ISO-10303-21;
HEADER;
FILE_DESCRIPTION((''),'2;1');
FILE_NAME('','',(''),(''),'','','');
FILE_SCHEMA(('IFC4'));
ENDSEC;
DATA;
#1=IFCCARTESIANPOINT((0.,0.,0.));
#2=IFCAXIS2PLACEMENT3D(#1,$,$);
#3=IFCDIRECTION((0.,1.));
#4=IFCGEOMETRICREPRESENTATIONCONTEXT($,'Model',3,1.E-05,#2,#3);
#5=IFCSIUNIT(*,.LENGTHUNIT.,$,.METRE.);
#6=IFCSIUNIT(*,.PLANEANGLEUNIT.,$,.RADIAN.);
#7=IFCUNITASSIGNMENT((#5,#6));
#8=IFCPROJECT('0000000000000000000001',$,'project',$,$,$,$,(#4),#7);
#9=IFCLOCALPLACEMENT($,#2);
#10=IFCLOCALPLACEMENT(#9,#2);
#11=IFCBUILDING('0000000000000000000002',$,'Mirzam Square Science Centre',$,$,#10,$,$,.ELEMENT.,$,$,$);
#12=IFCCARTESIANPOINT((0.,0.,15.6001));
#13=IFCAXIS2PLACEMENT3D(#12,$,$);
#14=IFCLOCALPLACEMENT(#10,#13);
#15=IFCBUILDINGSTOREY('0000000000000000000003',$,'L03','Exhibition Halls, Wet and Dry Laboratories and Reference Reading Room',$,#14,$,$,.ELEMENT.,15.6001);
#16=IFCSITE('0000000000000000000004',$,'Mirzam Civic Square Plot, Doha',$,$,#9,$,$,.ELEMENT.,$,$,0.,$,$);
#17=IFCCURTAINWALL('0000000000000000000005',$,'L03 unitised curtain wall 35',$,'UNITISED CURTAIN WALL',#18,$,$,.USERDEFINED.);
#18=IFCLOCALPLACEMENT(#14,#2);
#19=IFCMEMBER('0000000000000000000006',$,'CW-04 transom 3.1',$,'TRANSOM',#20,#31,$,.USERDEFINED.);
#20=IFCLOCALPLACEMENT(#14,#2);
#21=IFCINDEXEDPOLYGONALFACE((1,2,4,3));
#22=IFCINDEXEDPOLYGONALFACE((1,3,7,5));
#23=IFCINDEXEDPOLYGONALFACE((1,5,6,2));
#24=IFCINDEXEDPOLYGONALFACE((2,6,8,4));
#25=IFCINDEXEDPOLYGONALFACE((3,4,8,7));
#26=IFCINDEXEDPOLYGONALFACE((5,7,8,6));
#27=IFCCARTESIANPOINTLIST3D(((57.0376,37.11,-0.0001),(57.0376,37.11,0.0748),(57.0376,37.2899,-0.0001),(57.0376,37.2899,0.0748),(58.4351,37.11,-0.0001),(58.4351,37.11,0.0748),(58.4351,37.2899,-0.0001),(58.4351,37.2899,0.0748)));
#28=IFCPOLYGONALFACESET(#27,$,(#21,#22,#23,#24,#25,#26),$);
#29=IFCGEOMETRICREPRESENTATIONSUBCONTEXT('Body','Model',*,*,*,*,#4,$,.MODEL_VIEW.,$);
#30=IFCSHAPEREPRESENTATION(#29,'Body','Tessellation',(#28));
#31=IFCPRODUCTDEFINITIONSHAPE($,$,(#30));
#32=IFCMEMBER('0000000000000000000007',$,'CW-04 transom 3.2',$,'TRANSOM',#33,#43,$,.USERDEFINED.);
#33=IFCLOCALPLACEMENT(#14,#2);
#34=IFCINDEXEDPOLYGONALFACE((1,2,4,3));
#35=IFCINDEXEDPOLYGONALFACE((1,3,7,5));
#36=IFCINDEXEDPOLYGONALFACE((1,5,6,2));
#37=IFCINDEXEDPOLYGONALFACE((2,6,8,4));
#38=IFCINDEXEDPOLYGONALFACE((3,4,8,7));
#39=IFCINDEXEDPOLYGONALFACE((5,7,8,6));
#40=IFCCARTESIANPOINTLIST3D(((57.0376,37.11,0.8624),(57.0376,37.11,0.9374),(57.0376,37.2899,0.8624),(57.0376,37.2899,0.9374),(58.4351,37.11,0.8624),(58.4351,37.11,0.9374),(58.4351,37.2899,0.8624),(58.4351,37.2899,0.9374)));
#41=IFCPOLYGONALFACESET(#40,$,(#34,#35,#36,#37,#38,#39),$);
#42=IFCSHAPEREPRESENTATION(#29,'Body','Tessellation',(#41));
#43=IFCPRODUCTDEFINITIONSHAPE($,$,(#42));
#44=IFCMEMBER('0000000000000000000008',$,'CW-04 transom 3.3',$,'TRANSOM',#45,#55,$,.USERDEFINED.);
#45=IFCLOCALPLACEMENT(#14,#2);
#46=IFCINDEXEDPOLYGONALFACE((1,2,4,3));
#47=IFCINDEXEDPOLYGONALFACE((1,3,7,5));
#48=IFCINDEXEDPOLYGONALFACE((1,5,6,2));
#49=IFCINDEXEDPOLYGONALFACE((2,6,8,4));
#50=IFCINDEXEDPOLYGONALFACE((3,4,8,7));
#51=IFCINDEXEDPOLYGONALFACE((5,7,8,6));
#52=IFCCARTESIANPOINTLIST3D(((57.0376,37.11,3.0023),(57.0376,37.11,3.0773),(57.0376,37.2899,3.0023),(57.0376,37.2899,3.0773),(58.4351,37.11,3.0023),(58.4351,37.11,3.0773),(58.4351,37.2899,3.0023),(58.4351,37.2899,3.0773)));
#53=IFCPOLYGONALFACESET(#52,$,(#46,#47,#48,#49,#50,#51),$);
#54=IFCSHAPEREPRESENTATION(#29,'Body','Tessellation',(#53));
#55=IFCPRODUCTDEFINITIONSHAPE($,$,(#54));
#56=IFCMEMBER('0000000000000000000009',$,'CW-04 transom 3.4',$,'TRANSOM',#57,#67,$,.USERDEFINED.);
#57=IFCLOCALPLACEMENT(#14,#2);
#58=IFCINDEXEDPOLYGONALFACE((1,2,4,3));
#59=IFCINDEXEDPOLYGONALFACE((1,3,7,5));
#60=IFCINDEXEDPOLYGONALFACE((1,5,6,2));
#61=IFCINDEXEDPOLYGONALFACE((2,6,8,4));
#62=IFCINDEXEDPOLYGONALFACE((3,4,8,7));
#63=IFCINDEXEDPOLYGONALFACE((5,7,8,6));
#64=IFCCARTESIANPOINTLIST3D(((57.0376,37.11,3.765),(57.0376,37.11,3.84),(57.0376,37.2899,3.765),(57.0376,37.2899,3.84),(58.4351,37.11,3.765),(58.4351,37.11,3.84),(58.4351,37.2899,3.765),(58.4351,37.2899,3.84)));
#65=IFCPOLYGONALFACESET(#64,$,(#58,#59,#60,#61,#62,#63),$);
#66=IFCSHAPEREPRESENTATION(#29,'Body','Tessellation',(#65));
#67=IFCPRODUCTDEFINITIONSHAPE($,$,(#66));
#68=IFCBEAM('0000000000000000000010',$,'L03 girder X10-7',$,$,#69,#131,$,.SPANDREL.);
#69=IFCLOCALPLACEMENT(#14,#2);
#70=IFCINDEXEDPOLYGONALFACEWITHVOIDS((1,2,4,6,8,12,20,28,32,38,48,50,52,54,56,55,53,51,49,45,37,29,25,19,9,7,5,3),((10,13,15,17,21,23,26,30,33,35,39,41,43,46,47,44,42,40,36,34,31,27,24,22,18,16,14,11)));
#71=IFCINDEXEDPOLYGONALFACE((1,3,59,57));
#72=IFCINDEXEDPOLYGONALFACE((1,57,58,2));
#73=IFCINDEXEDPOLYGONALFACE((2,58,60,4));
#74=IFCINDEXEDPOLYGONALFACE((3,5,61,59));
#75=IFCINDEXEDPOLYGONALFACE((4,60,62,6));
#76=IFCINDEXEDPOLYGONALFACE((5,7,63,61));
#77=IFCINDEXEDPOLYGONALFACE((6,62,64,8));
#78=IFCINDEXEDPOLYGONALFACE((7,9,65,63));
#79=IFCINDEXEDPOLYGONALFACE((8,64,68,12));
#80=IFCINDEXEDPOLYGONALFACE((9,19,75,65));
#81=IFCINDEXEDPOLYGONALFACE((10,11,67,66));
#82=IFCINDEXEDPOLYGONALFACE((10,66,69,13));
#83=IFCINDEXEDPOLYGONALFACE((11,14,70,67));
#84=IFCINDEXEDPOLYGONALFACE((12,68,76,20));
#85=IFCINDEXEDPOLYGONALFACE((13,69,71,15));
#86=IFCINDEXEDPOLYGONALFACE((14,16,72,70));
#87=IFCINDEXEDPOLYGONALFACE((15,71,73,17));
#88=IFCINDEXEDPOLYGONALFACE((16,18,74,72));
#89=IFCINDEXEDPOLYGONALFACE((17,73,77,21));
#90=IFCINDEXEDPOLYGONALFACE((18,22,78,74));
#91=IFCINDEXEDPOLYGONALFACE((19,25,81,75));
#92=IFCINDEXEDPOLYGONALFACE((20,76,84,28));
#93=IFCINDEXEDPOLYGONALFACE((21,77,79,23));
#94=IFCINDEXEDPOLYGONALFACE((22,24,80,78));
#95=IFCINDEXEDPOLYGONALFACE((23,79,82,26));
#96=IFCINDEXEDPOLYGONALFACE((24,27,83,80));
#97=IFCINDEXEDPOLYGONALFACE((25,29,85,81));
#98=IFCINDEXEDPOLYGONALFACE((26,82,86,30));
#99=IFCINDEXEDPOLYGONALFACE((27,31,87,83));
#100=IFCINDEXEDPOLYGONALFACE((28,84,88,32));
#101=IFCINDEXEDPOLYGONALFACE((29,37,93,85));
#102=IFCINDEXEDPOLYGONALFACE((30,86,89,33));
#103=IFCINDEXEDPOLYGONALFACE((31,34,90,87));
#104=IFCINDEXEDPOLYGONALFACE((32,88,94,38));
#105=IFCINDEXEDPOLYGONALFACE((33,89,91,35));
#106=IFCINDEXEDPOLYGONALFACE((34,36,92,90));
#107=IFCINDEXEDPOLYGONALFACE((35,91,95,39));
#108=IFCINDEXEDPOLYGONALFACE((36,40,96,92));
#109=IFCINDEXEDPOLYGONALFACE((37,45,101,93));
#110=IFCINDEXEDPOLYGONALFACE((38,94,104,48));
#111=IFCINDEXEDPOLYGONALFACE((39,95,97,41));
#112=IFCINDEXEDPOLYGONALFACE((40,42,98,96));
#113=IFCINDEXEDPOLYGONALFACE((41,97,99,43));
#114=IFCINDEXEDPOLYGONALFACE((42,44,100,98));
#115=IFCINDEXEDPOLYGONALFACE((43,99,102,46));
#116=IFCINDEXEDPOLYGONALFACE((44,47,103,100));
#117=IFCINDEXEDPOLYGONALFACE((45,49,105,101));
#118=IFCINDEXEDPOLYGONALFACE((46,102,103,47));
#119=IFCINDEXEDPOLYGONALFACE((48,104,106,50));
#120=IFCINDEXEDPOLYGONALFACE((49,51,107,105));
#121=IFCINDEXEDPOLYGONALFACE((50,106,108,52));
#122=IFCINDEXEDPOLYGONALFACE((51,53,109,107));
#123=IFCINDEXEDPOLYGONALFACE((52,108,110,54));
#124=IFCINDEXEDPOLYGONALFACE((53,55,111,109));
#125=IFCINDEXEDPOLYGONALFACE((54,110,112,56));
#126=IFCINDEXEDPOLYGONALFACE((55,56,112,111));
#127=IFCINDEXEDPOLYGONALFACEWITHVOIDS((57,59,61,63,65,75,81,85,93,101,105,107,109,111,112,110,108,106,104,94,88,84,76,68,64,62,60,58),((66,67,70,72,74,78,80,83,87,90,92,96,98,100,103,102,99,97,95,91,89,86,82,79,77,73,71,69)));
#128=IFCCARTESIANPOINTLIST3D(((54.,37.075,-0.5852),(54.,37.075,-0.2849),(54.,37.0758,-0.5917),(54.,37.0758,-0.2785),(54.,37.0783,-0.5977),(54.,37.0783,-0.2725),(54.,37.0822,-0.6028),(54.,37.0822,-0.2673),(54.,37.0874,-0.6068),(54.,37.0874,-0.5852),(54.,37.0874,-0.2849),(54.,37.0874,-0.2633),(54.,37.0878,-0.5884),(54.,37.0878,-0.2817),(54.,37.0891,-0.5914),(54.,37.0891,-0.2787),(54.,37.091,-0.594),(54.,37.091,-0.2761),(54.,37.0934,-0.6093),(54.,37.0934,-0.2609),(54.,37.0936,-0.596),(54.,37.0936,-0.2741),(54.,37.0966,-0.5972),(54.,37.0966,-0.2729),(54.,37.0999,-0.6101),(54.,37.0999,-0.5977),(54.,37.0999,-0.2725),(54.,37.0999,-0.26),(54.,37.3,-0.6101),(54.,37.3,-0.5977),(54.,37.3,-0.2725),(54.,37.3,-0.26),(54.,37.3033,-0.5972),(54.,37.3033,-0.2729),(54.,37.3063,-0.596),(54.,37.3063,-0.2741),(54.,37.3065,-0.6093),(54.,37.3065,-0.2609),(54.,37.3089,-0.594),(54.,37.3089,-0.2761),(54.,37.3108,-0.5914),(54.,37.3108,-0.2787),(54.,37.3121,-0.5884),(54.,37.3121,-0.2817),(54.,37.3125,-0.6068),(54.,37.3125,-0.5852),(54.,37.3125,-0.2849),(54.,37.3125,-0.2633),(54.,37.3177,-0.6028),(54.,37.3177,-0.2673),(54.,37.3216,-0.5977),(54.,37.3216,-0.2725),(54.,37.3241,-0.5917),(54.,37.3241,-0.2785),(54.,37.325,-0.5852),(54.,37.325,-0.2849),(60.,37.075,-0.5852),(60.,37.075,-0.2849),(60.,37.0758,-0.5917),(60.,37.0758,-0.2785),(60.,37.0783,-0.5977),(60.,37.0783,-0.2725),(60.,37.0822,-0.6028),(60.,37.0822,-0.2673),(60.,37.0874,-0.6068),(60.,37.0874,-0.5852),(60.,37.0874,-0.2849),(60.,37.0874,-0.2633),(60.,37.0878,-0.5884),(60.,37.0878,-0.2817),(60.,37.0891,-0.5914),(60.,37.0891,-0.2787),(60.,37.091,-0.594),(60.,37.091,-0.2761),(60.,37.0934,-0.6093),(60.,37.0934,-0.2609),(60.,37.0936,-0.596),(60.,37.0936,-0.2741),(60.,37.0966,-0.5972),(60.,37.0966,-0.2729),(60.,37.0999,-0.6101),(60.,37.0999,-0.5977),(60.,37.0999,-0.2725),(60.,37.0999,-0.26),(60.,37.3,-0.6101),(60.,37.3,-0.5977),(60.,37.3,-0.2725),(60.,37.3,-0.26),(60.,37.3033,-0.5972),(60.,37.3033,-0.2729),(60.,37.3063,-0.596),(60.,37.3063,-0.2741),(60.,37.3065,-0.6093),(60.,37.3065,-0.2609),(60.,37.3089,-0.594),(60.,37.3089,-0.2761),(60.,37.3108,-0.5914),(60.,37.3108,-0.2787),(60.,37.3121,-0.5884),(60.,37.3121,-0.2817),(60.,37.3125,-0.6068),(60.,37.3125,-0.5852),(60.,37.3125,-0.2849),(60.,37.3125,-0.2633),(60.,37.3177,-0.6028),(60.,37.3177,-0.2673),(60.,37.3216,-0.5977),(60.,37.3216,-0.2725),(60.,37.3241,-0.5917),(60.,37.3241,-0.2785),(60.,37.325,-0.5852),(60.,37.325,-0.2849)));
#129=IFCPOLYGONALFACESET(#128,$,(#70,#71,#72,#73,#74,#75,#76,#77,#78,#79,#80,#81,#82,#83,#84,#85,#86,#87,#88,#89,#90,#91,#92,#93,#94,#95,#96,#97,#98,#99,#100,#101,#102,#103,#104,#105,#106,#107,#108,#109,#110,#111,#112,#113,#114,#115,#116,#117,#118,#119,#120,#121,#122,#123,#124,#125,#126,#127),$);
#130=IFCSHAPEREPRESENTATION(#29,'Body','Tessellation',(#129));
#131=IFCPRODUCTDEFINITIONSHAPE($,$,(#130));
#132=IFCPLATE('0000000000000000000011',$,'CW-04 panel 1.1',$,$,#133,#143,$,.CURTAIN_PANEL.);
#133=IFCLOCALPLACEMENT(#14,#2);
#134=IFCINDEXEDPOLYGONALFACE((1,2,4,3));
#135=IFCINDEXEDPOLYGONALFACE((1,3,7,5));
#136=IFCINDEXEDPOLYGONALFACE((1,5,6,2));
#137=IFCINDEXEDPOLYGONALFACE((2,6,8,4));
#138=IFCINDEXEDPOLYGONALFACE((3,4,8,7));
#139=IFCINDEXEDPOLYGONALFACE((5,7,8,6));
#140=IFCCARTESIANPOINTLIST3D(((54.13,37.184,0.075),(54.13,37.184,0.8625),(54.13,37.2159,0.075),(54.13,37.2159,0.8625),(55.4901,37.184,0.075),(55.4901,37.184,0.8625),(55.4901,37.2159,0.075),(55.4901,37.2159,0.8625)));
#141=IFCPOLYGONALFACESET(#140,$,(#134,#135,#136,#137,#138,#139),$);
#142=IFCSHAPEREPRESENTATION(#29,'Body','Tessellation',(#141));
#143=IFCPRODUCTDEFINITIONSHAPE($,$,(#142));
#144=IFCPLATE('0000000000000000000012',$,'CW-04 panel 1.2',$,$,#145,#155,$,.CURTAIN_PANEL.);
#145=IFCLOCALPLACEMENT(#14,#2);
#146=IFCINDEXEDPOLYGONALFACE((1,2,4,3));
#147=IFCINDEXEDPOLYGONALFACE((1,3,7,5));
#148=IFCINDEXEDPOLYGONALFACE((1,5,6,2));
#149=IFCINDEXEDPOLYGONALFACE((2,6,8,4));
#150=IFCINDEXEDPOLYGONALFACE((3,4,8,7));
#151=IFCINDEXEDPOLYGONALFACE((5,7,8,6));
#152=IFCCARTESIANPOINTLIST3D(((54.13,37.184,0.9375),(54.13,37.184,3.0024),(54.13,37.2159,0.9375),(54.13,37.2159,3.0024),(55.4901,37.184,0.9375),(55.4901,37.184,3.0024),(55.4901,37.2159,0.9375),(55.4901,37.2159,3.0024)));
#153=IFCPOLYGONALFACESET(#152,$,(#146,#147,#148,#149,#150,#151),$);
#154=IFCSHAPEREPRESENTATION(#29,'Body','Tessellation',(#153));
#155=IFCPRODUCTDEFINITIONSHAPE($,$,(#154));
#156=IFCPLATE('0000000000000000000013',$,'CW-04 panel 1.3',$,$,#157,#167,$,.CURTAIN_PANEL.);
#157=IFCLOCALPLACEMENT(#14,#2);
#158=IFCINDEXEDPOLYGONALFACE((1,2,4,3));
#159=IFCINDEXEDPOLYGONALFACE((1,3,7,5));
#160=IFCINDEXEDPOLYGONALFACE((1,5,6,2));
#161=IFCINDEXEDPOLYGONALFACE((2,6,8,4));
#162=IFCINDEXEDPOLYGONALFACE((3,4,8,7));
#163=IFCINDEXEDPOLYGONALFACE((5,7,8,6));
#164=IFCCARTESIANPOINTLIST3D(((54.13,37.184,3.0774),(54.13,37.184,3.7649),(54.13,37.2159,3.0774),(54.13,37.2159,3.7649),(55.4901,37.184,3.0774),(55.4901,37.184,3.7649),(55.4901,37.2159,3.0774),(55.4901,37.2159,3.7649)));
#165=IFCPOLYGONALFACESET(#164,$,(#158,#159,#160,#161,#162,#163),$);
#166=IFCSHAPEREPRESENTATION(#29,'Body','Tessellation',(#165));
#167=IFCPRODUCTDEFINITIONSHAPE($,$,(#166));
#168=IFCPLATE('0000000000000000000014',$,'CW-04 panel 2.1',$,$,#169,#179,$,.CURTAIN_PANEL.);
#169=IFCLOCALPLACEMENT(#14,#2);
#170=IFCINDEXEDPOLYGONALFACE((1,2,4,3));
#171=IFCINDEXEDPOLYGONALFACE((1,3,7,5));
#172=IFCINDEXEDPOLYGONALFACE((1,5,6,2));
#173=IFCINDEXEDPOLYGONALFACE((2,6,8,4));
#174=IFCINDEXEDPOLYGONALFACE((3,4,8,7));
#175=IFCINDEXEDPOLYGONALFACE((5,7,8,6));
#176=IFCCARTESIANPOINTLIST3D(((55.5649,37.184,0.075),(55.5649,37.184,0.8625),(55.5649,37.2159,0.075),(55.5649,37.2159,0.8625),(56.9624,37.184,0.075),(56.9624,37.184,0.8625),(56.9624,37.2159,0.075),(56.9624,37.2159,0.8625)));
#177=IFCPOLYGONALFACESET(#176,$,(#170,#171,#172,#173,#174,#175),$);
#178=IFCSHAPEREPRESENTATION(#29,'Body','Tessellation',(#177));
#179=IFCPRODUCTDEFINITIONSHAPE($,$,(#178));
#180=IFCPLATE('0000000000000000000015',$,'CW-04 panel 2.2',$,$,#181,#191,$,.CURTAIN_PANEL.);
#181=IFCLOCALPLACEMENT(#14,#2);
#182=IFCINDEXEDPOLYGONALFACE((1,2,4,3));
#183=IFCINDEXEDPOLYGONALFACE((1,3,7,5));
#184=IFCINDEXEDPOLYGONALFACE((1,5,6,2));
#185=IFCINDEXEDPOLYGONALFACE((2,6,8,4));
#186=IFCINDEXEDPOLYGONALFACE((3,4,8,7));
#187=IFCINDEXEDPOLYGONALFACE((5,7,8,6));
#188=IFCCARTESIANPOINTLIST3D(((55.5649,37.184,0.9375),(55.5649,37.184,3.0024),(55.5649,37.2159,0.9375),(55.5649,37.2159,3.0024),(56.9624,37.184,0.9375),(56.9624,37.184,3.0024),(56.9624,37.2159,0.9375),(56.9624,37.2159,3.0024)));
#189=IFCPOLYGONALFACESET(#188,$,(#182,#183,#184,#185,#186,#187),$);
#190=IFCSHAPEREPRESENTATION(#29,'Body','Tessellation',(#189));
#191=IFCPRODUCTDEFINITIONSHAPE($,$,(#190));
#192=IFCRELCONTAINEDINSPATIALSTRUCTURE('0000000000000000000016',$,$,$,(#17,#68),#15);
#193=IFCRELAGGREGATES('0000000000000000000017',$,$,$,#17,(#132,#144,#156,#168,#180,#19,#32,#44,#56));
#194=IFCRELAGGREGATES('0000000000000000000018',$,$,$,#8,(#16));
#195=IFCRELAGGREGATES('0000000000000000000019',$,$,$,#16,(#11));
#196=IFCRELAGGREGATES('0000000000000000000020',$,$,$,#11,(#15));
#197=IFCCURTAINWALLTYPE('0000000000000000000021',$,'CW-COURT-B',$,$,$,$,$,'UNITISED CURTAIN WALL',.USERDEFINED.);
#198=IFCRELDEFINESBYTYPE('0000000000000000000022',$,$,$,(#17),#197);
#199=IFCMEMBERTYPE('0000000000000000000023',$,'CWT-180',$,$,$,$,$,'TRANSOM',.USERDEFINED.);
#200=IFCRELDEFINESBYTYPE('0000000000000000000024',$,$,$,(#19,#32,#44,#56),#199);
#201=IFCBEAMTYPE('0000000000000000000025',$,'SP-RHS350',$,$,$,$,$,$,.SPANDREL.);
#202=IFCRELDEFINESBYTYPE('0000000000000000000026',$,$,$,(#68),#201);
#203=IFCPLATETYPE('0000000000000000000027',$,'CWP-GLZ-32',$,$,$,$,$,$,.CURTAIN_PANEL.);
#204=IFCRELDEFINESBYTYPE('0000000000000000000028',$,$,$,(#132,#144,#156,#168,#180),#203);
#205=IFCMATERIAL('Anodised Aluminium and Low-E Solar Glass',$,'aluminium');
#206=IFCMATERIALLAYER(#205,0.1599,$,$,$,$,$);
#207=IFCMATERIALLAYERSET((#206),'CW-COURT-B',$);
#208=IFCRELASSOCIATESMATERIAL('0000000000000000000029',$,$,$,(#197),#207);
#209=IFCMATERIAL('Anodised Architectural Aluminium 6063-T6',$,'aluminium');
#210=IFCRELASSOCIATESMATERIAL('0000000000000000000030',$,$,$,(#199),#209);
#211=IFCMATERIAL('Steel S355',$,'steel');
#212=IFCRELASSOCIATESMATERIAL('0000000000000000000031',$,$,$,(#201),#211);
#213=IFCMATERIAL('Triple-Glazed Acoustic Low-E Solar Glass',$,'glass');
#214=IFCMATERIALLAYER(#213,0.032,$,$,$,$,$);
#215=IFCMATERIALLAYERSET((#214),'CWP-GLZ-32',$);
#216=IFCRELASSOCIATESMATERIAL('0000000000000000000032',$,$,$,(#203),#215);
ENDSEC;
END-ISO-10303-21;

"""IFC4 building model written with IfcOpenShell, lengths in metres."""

from ifc_helpers import new_model, si_unit, direction, frame, origin, origin_2d, place, context, subcontext, project, spatial, rectangle, hollow_rectangle, extrude, material, layer, layer_set, material_profile, profile_set, type_object, element, aggregate, save


model = new_model("IFC4")

# Units and contexts
model_context = context("Model", 3, precision=1e-05, world=origin(), true_north=direction((0.0, 1.0)))
body_context = subcontext(model_context, "Body", "Model", "MODEL_VIEW")
ifc_project = project(units=[si_unit("LENGTHUNIT", "METRE"), si_unit("PLANEANGLEUNIT", "RADIAN")], contexts=[model_context])

# Site, building, storey
site_placement = place(None, origin())
site = spatial("IfcSite", under=ifc_project, at=site_placement, Name="Mirzam Civic Square Plot, Doha", CompositionType="ELEMENT", RefElevation=0.0)
building_placement = place(site_placement, origin())
building = spatial("IfcBuilding", under=site, at=building_placement, Name="Mirzam Square Science Centre", CompositionType="ELEMENT")
storey_placement = place(building_placement, frame((0.0, 0.0, 15.6001)))
storey = spatial("IfcBuildingStorey", under=building, at=storey_placement, Name="L03", Description="Exhibition Halls, Wet and Dry Laboratories and Reference Reading Room", CompositionType="ELEMENT", Elevation=15.6001)

# Shared definitions
ifc_material_1 = material(Name="Steel S355", Category="steel")

# Curtain wall, members
ifc_material_2 = material(Name="Anodised Aluminium and Low-E Solar Glass", Category="aluminium")
ifc_layer_1 = layer(ifc_material_2, 0.1599)
ifc_layer_set_1 = layer_set([ifc_layer_1], Name="CW-COURT-B")
curtain_wall_type = type_object("IfcCurtainWallType", Name="CW-COURT-B", ElementType="UNITISED CURTAIN WALL", PredefinedType="USERDEFINED", material=ifc_layer_set_1)
curtain_wall_placement = place(storey_placement, origin())
curtain_wall = element("IfcCurtainWall", 1, at=curtain_wall_placement, inside=storey, type_object=curtain_wall_type, Name="L03 unitised curtain wall 35", ObjectType="UNITISED CURTAIN WALL", PredefinedType="USERDEFINED")
ifc_material_3 = material(Name="Anodised Architectural Aluminium 6063-T6", Category="aluminium")
ifc_material_profile_1 = material_profile(ifc_material_3, rectangle(XDim=0.1799, YDim=0.075, at=origin_2d()), Name="ALU-TRAN-180x75x5")
ifc_profile_set_1 = profile_set([ifc_material_profile_1], Name="Anodised Architectural Aluminium 6063-T6")
member_type_1 = type_object("IfcMemberType", Name="CWT-180", ElementType="TRANSOM", PredefinedType="USERDEFINED", material=ifc_profile_set_1)
member_1_placement = place(storey_placement, frame((57.0376, 37.2, 0.0374), z_axis=(1.0, 0.0, 0.0), x_axis=(0.0, 1.0, 0.0)))
member_1 = element("IfcMember", 2, at=member_1_placement, type_object=member_type_1, Name="CW-04 transom 3.1", ObjectType="TRANSOM", PredefinedType="USERDEFINED", context=body_context, shape_type="SweptSolid", body=[
    extrude(rectangle(XDim=0.1799, YDim=0.075, at=origin_2d()), origin(), (0.0, 0.0, 1.0), 1.3975),
])
member_2_placement = place(storey_placement, frame((57.0376, 37.2, 0.8999), z_axis=(1.0, 0.0, 0.0), x_axis=(0.0, 1.0, 0.0)))
member_2 = element("IfcMember", 3, at=member_2_placement, type_object=member_type_1, Name="CW-04 transom 3.2", ObjectType="TRANSOM", PredefinedType="USERDEFINED", context=body_context, shape_type="SweptSolid", body=[
    extrude(rectangle(XDim=0.1799, YDim=0.075, at=origin_2d()), origin(), (0.0, 0.0, 1.0), 1.3975),
])
member_3_placement = place(storey_placement, frame((57.0376, 37.2, 3.0398), z_axis=(1.0, 0.0, 0.0), x_axis=(0.0, 1.0, 0.0)))
member_3 = element("IfcMember", 4, at=member_3_placement, type_object=member_type_1, Name="CW-04 transom 3.3", ObjectType="TRANSOM", PredefinedType="USERDEFINED", context=body_context, shape_type="SweptSolid", body=[
    extrude(rectangle(XDim=0.1799, YDim=0.075, at=origin_2d()), origin(), (0.0, 0.0, 1.0), 1.3975),
])
member_4_placement = place(storey_placement, frame((57.0376, 37.2, 3.8025), z_axis=(1.0, 0.0, 0.0), x_axis=(0.0, 1.0, 0.0)))
member_4 = element("IfcMember", 5, at=member_4_placement, type_object=member_type_1, Name="CW-04 transom 3.4", ObjectType="TRANSOM", PredefinedType="USERDEFINED", context=body_context, shape_type="SweptSolid", body=[
    extrude(rectangle(XDim=0.1799, YDim=0.075, at=origin_2d()), origin(), (0.0, 0.0, 1.0), 1.3975),
])

# Beam
ifc_material_profile_2 = material_profile(ifc_material_1, hollow_rectangle(XDim=0.25, YDim=0.3501, WallThickness=0.0125, InnerFilletRadius=0.0125, OuterFilletRadius=0.0249, at=origin_2d()), Name="350x250x12.5RHS")
ifc_profile_set_2 = profile_set([ifc_material_profile_2], Name="Steel S355")
beam_type_1 = type_object("IfcBeamType", Name="SP-RHS350", PredefinedType="SPANDREL", material=ifc_profile_set_2)
beam_1_placement = place(storey_placement, frame((54.0, 37.2, -0.4351), z_axis=(1.0, 0.0, 0.0), x_axis=(0.0, 1.0, 0.0)))
element("IfcBeam", 6, at=beam_1_placement, inside=storey, type_object=beam_type_1, Name="L03 girder X10-7", PredefinedType="SPANDREL", context=body_context, shape_type="SweptSolid", body=[
    extrude(hollow_rectangle(XDim=0.25, YDim=0.3501, WallThickness=0.0125, InnerFilletRadius=0.0125, OuterFilletRadius=0.0249, at=origin_2d()), origin(), (0.0, 0.0, 1.0), 6.0),
])

# Plates
ifc_material_4 = material(Name="Triple-Glazed Acoustic Low-E Solar Glass", Category="glass")
ifc_layer_2 = layer(ifc_material_4, 0.032)
ifc_layer_set_2 = layer_set([ifc_layer_2], Name="CWP-GLZ-32")
plate_type = type_object("IfcPlateType", Name="CWP-GLZ-32", PredefinedType="CURTAIN_PANEL", material=ifc_layer_set_2)
plate_1_placement = place(storey_placement, frame((54.8101, 37.2, 0.075), z_axis=(0.0, 0.0, 1.0), x_axis=(1.0, 0.0, 0.0)))
plate_1 = element("IfcPlate", 7, at=plate_1_placement, type_object=plate_type, Name="CW-04 panel 1.1", PredefinedType="CURTAIN_PANEL", context=body_context, shape_type="SweptSolid", body=[
    extrude(rectangle(XDim=1.3601, YDim=0.032, at=origin_2d()), origin(), (0.0, 0.0, 1.0), 0.7876),
])
plate_2_placement = place(storey_placement, frame((54.8101, 37.2, 0.9375), z_axis=(0.0, 0.0, 1.0), x_axis=(1.0, 0.0, 0.0)))
plate_2 = element("IfcPlate", 8, at=plate_2_placement, type_object=plate_type, Name="CW-04 panel 1.2", PredefinedType="CURTAIN_PANEL", context=body_context, shape_type="SweptSolid", body=[
    extrude(rectangle(XDim=1.3601, YDim=0.032, at=origin_2d()), origin(), (0.0, 0.0, 1.0), 2.0649),
])
plate_3_placement = place(storey_placement, frame((54.8101, 37.2, 3.0774), z_axis=(0.0, 0.0, 1.0), x_axis=(1.0, 0.0, 0.0)))
plate_3 = element("IfcPlate", 9, at=plate_3_placement, type_object=plate_type, Name="CW-04 panel 1.3", PredefinedType="CURTAIN_PANEL", context=body_context, shape_type="SweptSolid", body=[
    extrude(rectangle(XDim=1.3601, YDim=0.032, at=origin_2d()), origin(), (0.0, 0.0, 1.0), 0.6875),
])
plate_4_placement = place(storey_placement, frame((56.2637, 37.2, 0.075), z_axis=(0.0, 0.0, 1.0), x_axis=(1.0, 0.0, 0.0)))
plate_4 = element("IfcPlate", 10, at=plate_4_placement, type_object=plate_type, Name="CW-04 panel 2.1", PredefinedType="CURTAIN_PANEL", context=body_context, shape_type="SweptSolid", body=[
    extrude(rectangle(XDim=1.3975, YDim=0.032, at=origin_2d()), origin(), (0.0, 0.0, 1.0), 0.7876),
])
plate_5_placement = place(storey_placement, frame((56.2637, 37.2, 0.9375), z_axis=(0.0, 0.0, 1.0), x_axis=(1.0, 0.0, 0.0)))
plate_5 = element("IfcPlate", 11, at=plate_5_placement, type_object=plate_type, Name="CW-04 panel 2.2", PredefinedType="CURTAIN_PANEL", context=body_context, shape_type="SweptSolid", body=[
    extrude(rectangle(XDim=1.3975, YDim=0.032, at=origin_2d()), origin(), (0.0, 0.0, 1.0), 2.0649),
])
aggregate(curtain_wall, [plate_1, plate_2, plate_3, plate_4, plate_5, member_1, member_2, member_3, member_4])

save(model, "model.ifc")
